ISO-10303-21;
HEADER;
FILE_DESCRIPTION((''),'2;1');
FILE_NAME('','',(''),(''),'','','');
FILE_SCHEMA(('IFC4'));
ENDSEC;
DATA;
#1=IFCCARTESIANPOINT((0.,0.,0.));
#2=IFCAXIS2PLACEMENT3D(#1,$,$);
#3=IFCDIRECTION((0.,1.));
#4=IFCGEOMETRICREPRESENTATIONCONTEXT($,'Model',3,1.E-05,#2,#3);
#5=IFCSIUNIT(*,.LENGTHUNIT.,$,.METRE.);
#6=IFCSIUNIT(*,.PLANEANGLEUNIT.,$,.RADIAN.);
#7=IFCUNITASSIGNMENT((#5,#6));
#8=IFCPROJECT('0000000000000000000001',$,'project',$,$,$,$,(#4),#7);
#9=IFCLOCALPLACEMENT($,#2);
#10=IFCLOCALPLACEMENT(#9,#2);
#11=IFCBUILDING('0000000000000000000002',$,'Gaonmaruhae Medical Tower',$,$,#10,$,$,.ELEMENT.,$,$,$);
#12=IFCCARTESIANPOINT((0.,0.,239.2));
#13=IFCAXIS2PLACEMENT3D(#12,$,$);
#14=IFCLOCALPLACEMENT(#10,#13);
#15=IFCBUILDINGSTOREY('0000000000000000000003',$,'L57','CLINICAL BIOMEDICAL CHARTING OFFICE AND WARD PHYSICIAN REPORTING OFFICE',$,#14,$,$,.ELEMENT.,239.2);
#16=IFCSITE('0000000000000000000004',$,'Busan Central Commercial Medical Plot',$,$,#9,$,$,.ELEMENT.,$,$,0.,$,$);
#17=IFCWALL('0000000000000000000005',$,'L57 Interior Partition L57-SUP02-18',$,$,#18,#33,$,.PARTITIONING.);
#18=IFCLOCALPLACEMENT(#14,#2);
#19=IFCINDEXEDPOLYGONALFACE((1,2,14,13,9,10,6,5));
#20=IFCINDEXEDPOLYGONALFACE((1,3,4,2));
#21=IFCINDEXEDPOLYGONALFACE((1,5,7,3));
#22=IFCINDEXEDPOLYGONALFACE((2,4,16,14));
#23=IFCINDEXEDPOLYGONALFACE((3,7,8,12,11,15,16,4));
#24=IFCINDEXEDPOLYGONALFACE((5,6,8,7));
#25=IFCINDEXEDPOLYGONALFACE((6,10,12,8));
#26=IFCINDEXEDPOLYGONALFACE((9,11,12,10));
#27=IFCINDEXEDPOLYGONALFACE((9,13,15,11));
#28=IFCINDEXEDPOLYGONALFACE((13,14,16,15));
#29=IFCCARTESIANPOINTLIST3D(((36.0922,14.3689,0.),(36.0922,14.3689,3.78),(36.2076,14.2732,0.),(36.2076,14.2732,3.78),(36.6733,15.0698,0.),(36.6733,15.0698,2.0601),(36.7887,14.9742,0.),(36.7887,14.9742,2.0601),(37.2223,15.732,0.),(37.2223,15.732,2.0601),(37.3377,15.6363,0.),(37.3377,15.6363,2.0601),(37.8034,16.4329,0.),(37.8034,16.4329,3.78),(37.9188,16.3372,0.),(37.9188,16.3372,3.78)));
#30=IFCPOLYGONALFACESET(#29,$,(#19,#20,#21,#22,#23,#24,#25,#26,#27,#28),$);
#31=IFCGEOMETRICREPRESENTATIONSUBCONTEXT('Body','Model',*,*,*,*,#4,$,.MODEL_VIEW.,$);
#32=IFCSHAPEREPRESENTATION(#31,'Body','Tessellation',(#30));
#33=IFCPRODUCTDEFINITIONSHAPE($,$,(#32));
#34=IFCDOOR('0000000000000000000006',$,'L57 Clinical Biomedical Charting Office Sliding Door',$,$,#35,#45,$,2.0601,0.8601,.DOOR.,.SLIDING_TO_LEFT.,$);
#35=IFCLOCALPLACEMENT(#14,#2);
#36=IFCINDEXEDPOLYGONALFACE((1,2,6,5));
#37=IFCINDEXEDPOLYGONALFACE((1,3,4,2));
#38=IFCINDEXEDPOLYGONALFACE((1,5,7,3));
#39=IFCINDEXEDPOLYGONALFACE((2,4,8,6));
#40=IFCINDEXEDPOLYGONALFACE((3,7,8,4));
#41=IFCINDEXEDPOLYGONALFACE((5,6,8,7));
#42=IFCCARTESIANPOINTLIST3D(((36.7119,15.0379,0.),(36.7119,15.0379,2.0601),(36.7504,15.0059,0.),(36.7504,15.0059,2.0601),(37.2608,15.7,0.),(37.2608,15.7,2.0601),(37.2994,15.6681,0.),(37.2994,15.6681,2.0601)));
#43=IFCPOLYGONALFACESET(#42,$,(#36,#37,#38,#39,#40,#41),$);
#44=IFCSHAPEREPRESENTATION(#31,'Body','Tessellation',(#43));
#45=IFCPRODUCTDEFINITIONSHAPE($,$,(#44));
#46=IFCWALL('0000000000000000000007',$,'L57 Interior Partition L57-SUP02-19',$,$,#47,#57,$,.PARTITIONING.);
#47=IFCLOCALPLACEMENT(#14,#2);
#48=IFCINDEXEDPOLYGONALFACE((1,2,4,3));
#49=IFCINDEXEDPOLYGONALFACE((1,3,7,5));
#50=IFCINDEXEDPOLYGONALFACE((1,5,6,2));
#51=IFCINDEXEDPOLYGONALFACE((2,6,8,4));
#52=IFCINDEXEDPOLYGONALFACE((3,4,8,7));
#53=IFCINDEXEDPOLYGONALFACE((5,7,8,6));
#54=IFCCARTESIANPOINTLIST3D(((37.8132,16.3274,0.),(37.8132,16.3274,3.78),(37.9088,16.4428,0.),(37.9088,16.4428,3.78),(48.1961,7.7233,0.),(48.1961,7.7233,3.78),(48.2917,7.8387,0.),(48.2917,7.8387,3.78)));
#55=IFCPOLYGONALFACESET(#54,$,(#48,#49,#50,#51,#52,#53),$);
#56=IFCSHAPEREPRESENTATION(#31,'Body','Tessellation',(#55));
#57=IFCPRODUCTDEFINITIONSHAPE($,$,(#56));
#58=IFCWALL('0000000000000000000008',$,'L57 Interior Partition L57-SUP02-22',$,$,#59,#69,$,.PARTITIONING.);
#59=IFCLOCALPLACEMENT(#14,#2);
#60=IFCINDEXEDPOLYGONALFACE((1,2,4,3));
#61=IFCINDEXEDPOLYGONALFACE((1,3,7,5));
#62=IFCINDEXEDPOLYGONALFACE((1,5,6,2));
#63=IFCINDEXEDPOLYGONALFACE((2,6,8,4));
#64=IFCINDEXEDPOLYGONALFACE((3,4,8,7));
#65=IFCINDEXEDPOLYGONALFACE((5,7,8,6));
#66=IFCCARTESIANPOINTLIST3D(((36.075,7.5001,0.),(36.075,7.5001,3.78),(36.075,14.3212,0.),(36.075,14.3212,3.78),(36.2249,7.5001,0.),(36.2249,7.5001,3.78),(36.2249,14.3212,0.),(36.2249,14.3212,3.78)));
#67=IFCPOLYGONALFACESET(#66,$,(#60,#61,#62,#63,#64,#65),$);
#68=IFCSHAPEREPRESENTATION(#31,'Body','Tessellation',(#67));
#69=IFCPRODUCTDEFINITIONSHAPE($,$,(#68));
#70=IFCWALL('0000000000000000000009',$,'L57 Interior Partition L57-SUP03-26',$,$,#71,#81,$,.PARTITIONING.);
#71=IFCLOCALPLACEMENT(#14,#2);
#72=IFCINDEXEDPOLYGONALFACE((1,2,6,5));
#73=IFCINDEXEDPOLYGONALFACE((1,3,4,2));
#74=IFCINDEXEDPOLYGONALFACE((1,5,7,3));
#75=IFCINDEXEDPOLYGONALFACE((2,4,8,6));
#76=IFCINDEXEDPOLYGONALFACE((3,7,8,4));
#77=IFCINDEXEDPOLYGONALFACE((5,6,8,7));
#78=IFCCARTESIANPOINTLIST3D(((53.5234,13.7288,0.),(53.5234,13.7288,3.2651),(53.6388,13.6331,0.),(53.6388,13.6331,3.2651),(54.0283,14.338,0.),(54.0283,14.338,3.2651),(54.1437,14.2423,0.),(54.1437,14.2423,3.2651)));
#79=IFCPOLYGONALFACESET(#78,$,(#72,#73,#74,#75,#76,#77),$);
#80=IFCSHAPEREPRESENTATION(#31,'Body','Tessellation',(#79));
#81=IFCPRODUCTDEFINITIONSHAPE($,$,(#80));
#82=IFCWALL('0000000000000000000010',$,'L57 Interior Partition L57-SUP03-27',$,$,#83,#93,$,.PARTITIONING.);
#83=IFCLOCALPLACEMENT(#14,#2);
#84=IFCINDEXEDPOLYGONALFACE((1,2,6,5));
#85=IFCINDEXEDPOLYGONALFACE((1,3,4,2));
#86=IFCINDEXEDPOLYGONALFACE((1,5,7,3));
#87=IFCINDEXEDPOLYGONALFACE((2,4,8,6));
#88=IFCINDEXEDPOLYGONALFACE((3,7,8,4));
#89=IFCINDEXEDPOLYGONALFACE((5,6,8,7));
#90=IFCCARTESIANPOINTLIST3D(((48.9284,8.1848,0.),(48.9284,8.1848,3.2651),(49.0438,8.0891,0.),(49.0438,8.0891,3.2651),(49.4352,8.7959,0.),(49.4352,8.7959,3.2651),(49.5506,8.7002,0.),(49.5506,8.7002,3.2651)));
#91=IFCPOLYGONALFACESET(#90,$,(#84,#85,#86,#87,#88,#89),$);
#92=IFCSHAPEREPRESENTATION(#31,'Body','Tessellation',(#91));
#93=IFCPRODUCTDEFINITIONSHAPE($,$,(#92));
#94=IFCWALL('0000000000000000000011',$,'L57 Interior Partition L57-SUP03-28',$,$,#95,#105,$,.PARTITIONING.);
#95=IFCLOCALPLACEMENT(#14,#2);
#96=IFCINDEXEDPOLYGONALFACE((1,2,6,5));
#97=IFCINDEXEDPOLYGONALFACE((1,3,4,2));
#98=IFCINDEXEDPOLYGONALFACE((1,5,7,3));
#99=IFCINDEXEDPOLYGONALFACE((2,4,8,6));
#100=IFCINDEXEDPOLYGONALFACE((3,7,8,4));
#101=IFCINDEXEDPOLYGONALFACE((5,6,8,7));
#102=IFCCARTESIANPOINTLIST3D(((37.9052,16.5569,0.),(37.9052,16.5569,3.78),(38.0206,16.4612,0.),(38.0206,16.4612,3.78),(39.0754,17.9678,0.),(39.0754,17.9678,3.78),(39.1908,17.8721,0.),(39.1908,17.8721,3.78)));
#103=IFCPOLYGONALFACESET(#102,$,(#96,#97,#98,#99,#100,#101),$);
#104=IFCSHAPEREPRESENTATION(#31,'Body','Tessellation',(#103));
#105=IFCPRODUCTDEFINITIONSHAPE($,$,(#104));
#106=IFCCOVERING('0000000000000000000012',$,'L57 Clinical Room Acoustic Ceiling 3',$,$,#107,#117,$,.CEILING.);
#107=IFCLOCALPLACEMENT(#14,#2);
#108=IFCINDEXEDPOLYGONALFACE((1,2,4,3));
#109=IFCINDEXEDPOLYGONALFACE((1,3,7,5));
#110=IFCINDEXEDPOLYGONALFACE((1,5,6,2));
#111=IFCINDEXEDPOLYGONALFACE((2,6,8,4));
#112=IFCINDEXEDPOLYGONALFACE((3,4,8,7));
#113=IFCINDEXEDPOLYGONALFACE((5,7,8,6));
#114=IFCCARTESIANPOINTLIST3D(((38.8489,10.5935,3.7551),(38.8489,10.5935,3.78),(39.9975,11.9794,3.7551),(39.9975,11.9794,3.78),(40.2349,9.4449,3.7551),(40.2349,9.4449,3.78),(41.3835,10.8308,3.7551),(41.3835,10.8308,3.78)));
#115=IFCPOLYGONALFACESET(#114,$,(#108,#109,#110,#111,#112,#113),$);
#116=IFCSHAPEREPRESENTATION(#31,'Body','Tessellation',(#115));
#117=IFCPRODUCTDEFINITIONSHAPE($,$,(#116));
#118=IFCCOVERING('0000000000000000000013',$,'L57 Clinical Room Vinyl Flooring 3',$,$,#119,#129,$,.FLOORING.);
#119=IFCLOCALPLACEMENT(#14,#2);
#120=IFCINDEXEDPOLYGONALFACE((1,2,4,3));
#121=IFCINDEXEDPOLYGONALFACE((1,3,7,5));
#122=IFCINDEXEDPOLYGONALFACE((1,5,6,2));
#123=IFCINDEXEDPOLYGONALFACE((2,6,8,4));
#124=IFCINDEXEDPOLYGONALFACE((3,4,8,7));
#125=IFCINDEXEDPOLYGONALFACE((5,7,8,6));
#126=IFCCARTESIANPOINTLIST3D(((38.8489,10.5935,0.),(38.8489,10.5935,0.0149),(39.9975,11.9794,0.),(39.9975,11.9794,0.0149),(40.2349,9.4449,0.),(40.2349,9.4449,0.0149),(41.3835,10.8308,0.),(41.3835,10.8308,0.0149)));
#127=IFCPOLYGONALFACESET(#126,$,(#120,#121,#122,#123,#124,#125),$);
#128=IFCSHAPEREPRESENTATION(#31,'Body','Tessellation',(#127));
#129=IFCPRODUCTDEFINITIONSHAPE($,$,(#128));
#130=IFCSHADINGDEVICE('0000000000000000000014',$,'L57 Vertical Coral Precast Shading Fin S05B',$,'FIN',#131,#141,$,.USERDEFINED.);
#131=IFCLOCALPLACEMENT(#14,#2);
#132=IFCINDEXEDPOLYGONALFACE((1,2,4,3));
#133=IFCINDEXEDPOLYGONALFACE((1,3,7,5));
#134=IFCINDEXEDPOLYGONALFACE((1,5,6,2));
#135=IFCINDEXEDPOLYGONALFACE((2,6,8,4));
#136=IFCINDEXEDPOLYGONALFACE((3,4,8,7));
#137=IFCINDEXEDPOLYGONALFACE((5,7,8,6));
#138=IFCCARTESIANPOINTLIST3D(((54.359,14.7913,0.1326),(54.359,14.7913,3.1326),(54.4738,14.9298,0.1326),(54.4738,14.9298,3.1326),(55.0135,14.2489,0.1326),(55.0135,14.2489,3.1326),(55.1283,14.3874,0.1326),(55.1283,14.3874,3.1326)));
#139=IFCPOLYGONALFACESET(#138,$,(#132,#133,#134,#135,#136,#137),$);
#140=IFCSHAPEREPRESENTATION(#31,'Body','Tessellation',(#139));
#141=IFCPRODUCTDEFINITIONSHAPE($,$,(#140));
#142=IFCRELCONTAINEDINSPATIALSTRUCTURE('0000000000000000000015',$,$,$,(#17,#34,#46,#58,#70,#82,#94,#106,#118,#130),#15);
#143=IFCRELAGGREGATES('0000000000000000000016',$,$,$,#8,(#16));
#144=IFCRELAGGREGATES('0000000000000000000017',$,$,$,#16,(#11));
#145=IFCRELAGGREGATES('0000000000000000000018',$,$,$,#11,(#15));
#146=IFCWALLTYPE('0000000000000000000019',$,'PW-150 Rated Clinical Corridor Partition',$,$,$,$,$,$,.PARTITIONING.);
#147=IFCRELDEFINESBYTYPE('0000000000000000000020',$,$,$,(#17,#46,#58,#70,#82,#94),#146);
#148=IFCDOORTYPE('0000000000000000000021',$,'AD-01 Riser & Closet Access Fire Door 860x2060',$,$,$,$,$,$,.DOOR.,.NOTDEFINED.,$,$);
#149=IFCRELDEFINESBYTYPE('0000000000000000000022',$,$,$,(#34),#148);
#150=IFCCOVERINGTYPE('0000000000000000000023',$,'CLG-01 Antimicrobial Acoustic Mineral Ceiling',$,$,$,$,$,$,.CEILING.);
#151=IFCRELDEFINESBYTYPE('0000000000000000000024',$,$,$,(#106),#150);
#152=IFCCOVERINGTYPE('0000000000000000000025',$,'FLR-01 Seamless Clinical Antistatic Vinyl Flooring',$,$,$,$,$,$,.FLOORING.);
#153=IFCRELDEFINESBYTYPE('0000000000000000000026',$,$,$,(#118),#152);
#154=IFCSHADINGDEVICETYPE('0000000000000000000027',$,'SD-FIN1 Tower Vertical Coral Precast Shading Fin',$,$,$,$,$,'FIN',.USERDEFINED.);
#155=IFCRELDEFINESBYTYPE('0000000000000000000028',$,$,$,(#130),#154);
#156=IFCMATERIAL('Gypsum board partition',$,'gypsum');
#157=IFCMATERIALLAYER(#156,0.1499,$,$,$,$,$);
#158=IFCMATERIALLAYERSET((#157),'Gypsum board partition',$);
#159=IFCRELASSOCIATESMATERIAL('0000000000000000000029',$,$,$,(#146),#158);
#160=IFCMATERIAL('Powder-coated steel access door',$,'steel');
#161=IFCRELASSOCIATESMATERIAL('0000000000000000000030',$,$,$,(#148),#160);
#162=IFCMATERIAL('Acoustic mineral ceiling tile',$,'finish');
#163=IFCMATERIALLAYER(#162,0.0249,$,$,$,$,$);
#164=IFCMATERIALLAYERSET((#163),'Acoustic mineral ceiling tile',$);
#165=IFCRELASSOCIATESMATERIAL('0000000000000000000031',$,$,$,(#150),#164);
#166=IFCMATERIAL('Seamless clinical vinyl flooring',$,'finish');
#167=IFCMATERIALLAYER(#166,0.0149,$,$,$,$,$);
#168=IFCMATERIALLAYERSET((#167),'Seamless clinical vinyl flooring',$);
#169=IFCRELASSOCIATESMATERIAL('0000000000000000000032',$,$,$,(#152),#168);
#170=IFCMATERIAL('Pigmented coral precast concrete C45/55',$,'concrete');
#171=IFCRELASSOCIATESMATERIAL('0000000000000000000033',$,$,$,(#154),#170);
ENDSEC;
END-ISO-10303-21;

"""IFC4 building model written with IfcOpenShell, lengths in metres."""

from ifc_helpers import new_model, si_unit, direction, frame, frame_2d, origin, origin_2d, place, context, subcontext, project, spatial, rectangle, extrude, material, layer, layer_set, type_object, element, fill, save


model = new_model("IFC4")

# Units and contexts
model_context = context("Model", 3, precision=1e-05, world=origin(), true_north=direction((0.0, 1.0)))
body_context = subcontext(model_context, "Body", "Model", "MODEL_VIEW")
ifc_project = project(units=[si_unit("LENGTHUNIT", "METRE"), si_unit("PLANEANGLEUNIT", "RADIAN")], contexts=[model_context])

# Site, building, storey
site_placement = place(None, origin())
site = spatial("IfcSite", under=ifc_project, at=site_placement, Name="Busan Central Commercial Medical Plot", CompositionType="ELEMENT", RefElevation=0.0)
building_placement = place(site_placement, origin())
building = spatial("IfcBuilding", under=site, at=building_placement, Name="Gaonmaruhae Medical Tower", CompositionType="ELEMENT")
storey_placement = place(building_placement, frame((0.0, 0.0, 239.2)))
storey = spatial("IfcBuildingStorey", under=building, at=storey_placement, Name="L57", Description="CLINICAL BIOMEDICAL CHARTING OFFICE AND WARD PHYSICIAN REPORTING OFFICE", CompositionType="ELEMENT", Elevation=239.2)

# Wall, opening, door
ifc_material_1 = material(Name="Gypsum board partition", Category="gypsum")
ifc_layer_1 = layer(ifc_material_1, 0.1499)
ifc_layer_set_1 = layer_set([ifc_layer_1], Name="Gypsum board partition")
wall_type_1 = type_object("IfcWallType", Name="PW-150 Rated Clinical Corridor Partition", PredefinedType="PARTITIONING", material=ifc_layer_set_1)
wall_1_placement = place(storey_placement, frame((36.1499, 14.321, 0.0), z_axis=(0.0, 0.0, 1.0), x_axis=(0.638248, 0.769831, 0.0)))
wall_1 = element("IfcWall", 1, at=wall_1_placement, inside=storey, type_object=wall_type_1, Name="L57 Interior Partition L57-SUP02-18", PredefinedType="PARTITIONING", context=body_context, shape_type="SweptSolid", body=[
    extrude(rectangle(XDim=2.6812, YDim=0.1499, at=frame_2d((1.3406, 0.0))), origin(), (0.0, 0.0, 1.0), 3.78),
])
opening_1_placement = place(wall_1_placement, frame((0.9104, 0.0, 0.0)))
opening_1 = element("IfcOpeningElement", 2, at=opening_1_placement, cuts=wall_1, PredefinedType="OPENING", context=body_context, shape_type="SweptSolid", body=[
    extrude(rectangle(XDim=0.8601, YDim=2.0601, at=frame_2d((0.4302, 1.03))), frame((0.0, 0.085, 0.0), z_axis=(0.0, -1.0, 0.0), x_axis=(1.0, 0.0, 0.0)), (0.0, 0.0, 1.0), 0.1699),
])
ifc_material_2 = material(Name="Powder-coated steel access door", Category="steel")
door_type = type_object("IfcDoorType", Name="AD-01 Riser & Closet Access Fire Door 860x2060", OperationType="NOTDEFINED", PredefinedType="DOOR", material=ifc_material_2)
door_placement = place(opening_1_placement, origin())
door = element("IfcDoor", 3, at=door_placement, inside=storey, type_object=door_type, Name="L57 Clinical Biomedical Charting Office Sliding Door", OperationType="SLIDING_TO_LEFT", OverallHeight=2.0601, OverallWidth=0.8601, PredefinedType="DOOR", context=body_context, shape_type="SweptSolid", body=[
    extrude(rectangle(XDim=0.8601, YDim=2.0601, at=frame_2d((0.4302, 1.03))), frame((0.0, 0.0249, 0.0), z_axis=(0.0, -1.0, 0.0), x_axis=(1.0, 0.0, 0.0)), (0.0, 0.0, 1.0), 0.05),
])
fill(opening_1, door)

# Walls
wall_2_placement = place(storey_placement, frame((37.8611, 16.385, 0.0), z_axis=(0.0, 0.0, 1.0), x_axis=(0.769981, -0.638066, 0.0)))
element("IfcWall", 4, at=wall_2_placement, inside=storey, type_object=wall_type_1, Name="L57 Interior Partition L57-SUP02-19", PredefinedType="PARTITIONING", context=body_context, shape_type="SweptSolid", body=[
    extrude(rectangle(XDim=13.4846, YDim=0.1499, at=frame_2d((6.7422, 0.0))), origin(), (0.0, 0.0, 1.0), 3.78),
])
wall_3_placement = place(storey_placement, frame((36.1499, 7.5, 0.0), z_axis=(0.0, 0.0, 1.0), x_axis=(0.0, 1.0, 0.0)))
element("IfcWall", 5, at=wall_3_placement, inside=storey, type_object=wall_type_1, Name="L57 Interior Partition L57-SUP02-22", PredefinedType="PARTITIONING", context=body_context, shape_type="SweptSolid", body=[
    extrude(rectangle(XDim=6.821, YDim=0.1499, at=frame_2d((3.4106, 0.0))), origin(), (0.0, 0.0, 1.0), 3.78),
])
wall_4_placement = place(storey_placement, frame((54.0859, 14.29, 0.0), z_axis=(0.0, 0.0, 1.0), x_axis=(-0.638149, -0.769913, 0.0)))
element("IfcWall", 6, at=wall_4_placement, inside=storey, type_object=wall_type_1, Name="L57 Interior Partition L57-SUP03-26", PredefinedType="PARTITIONING", context=body_context, shape_type="SweptSolid", body=[
    extrude(rectangle(XDim=0.7913, YDim=0.1499, at=frame_2d((0.3955, 0.0))), origin(), (0.0, 0.0, 1.0), 3.2651),
])
wall_5_placement = place(storey_placement, frame((49.4929, 8.748, 0.0), z_axis=(0.0, 0.0, 1.0), x_axis=(-0.638398, -0.769706, 0.0)))
element("IfcWall", 7, at=wall_5_placement, inside=storey, type_object=wall_type_1, Name="L57 Interior Partition L57-SUP03-27", PredefinedType="PARTITIONING", context=body_context, shape_type="SweptSolid", body=[
    extrude(rectangle(XDim=0.7939, YDim=0.1499, at=frame_2d((0.397, 0.0))), origin(), (0.0, 0.0, 1.0), 3.2651),
])
wall_6_placement = place(storey_placement, frame((37.9629, 16.509, 0.0), z_axis=(0.0, 0.0, 1.0), x_axis=(0.638388, 0.769715, 0.0)))
element("IfcWall", 8, at=wall_6_placement, inside=storey, type_object=wall_type_1, Name="L57 Interior Partition L57-SUP03-28", PredefinedType="PARTITIONING", context=body_context, shape_type="SweptSolid", body=[
    extrude(rectangle(XDim=1.833, YDim=0.1499, at=frame_2d((0.9165, 0.0))), origin(), (0.0, 0.0, 1.0), 3.78),
])

# Coverings
ifc_material_3 = material(Name="Acoustic mineral ceiling tile", Category="finish")
ifc_layer_2 = layer(ifc_material_3, 0.0249)
ifc_layer_set_2 = layer_set([ifc_layer_2], Name="Acoustic mineral ceiling tile")
covering_type_1 = type_object("IfcCoveringType", Name="CLG-01 Antimicrobial Acoustic Mineral Ceiling", PredefinedType="CEILING", material=ifc_layer_set_2)
covering_1_placement = place(storey_placement, frame((40.1162, 10.7122, 3.7551), z_axis=(0.0, 0.0, 1.0), x_axis=(0.638096, 0.769957, 0.0)))
element("IfcCovering", 9, at=covering_1_placement, inside=storey, type_object=covering_type_1, Name="L57 Clinical Room Acoustic Ceiling 3", PredefinedType="CEILING", context=body_context, shape_type="SweptSolid", body=[
    extrude(rectangle(XDim=1.8, YDim=1.8, at=origin_2d()), origin(), (0.0, 0.0, 1.0), 0.0249),
])
ifc_material_4 = material(Name="Seamless clinical vinyl flooring", Category="finish")
ifc_layer_3 = layer(ifc_material_4, 0.0149)
ifc_layer_set_3 = layer_set([ifc_layer_3], Name="Seamless clinical vinyl flooring")
covering_type_2 = type_object("IfcCoveringType", Name="FLR-01 Seamless Clinical Antistatic Vinyl Flooring", PredefinedType="FLOORING", material=ifc_layer_set_3)
covering_2_placement = place(storey_placement, frame((40.1162, 10.7122, 0.0), z_axis=(0.0, 0.0, 1.0), x_axis=(0.638096, 0.769957, 0.0)))
element("IfcCovering", 10, at=covering_2_placement, inside=storey, type_object=covering_type_2, Name="L57 Clinical Room Vinyl Flooring 3", PredefinedType="FLOORING", context=body_context, shape_type="SweptSolid", body=[
    extrude(rectangle(XDim=1.8, YDim=1.8, at=origin_2d()), origin(), (0.0, 0.0, 1.0), 0.0149),
])

# Shading device
ifc_material_5 = material(Name="Pigmented coral precast concrete C45/55", Category="concrete")
shading_device_type = type_object("IfcShadingDeviceType", Name="SD-FIN1 Tower Vertical Coral Precast Shading Fin", ElementType="FIN", PredefinedType="USERDEFINED", material=ifc_material_5)
shading_device_placement = place(storey_placement, frame((54.7437, 14.5894, 0.1326), z_axis=(0.0, 0.0, 1.0), x_axis=(-0.638083, -0.769968, 0.0)))
element("IfcShadingDevice", 11, at=shading_device_placement, inside=storey, type_object=shading_device_type, Name="L57 Vertical Coral Precast Shading Fin S05B", ObjectType="FIN", PredefinedType="USERDEFINED", context=body_context, shape_type="SweptSolid", body=[
    extrude(rectangle(XDim=0.1799, YDim=0.8501, at=origin_2d()), origin(), (0.0, 0.0, 1.0), 3.0),
])

save(model, "model.ifc")
